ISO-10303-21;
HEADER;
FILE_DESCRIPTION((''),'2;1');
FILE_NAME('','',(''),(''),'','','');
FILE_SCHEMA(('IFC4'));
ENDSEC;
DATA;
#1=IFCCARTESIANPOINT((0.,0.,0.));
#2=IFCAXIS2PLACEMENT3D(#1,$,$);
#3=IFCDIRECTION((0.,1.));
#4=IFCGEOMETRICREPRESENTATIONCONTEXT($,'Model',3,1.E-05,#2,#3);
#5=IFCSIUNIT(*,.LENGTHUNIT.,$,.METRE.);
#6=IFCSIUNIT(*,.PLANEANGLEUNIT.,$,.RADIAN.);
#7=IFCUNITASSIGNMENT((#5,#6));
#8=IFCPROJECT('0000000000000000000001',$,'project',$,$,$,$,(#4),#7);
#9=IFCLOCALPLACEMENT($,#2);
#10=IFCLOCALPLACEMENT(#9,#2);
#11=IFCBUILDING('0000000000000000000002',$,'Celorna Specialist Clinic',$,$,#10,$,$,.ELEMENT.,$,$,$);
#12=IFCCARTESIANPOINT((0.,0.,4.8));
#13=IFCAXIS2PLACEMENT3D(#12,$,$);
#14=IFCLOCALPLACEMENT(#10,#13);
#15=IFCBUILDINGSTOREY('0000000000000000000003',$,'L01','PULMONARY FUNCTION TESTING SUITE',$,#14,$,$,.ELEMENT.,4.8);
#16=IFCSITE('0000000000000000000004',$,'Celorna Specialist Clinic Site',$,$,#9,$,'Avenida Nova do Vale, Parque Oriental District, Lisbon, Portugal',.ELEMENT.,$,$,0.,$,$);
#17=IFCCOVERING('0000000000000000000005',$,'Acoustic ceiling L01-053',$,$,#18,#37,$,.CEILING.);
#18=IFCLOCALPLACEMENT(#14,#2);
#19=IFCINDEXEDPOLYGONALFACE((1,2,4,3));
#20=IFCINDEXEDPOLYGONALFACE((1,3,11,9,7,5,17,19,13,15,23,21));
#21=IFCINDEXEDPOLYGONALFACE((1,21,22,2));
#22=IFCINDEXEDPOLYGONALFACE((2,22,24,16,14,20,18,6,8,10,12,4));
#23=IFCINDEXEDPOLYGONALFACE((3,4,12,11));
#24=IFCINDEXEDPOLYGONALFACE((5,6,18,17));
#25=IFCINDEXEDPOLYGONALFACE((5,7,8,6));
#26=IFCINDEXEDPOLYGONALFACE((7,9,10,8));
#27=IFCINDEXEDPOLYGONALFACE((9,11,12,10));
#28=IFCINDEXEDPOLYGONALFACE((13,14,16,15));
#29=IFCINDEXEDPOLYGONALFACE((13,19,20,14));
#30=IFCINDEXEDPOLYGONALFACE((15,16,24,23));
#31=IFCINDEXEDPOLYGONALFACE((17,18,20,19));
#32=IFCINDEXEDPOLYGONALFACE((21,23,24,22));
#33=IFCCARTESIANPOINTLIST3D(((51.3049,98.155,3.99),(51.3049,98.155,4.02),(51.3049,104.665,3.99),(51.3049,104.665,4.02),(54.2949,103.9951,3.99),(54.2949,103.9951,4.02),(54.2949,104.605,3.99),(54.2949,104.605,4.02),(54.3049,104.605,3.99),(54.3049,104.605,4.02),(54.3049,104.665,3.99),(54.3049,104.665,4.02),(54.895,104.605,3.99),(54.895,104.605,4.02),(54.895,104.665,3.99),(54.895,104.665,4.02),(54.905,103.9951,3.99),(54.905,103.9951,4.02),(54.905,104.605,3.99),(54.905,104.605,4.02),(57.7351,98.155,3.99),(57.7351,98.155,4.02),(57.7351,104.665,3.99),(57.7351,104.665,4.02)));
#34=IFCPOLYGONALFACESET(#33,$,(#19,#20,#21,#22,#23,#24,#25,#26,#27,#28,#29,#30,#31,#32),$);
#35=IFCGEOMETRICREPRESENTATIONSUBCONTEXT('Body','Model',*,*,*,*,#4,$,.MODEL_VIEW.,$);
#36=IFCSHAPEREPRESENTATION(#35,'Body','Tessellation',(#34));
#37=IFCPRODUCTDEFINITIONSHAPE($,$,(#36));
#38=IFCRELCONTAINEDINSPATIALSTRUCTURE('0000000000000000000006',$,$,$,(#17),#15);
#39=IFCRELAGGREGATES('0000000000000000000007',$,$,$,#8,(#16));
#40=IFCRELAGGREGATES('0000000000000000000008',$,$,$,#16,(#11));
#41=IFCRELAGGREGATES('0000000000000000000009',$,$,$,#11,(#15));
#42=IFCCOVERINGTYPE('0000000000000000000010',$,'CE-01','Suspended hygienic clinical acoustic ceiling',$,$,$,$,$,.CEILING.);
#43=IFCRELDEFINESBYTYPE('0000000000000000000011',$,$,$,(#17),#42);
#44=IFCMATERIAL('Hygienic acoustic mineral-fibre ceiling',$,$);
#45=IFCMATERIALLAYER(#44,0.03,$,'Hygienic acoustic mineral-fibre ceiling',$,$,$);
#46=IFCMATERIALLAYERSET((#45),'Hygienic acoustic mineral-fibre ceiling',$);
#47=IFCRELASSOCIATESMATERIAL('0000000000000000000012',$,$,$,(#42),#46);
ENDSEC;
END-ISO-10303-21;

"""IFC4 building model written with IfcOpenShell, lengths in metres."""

from ifc_helpers import new_model, si_unit, direction, frame, origin, place, context, subcontext, project, spatial, polyline, outline, extrude, material, layer, layer_set, type_object, element, save


model = new_model("IFC4")

# Units and contexts
model_context = context("Model", 3, precision=1e-05, world=origin(), true_north=direction((0.0, 1.0)))
body_context = subcontext(model_context, "Body", "Model", "MODEL_VIEW")
ifc_project = project(units=[si_unit("LENGTHUNIT", "METRE"), si_unit("PLANEANGLEUNIT", "RADIAN")], contexts=[model_context])

# Site, building, storey
site_placement = place(None, origin())
site = spatial("IfcSite", under=ifc_project, at=site_placement, Name="Celorna Specialist Clinic Site", LongName="Avenida Nova do Vale, Parque Oriental District, Lisbon, Portugal", CompositionType="ELEMENT", RefElevation=0.0)
building_placement = place(site_placement, origin())
building = spatial("IfcBuilding", under=site, at=building_placement, Name="Celorna Specialist Clinic", CompositionType="ELEMENT")
storey_placement = place(building_placement, frame((0.0, 0.0, 4.8)))
storey = spatial("IfcBuildingStorey", under=building, at=storey_placement, Name="L01", Description="PULMONARY FUNCTION TESTING SUITE", CompositionType="ELEMENT", Elevation=4.8)

# Covering
ifc_material_1 = material(Name="Hygienic acoustic mineral-fibre ceiling")
ifc_layer_1 = layer(ifc_material_1, 0.03, Name="Hygienic acoustic mineral-fibre ceiling")
ifc_layer_set_1 = layer_set([ifc_layer_1], Name="Hygienic acoustic mineral-fibre ceiling")
covering_type = type_object("IfcCoveringType", Name="CE-01", Description="Suspended hygienic clinical acoustic ceiling", PredefinedType="CEILING", material=ifc_layer_set_1)
covering_1_placement = place(storey_placement, frame((0.0, 0.0, 3.99)))
element("IfcCovering", 1, at=covering_1_placement, inside=storey, type_object=covering_type, Name="Acoustic ceiling L01-053", PredefinedType="CEILING", context=body_context, shape_type="SweptSolid", body=[
    extrude(outline(polyline([(54.3049, 104.665), (54.3049, 104.605), (54.2949, 104.605), (54.2949, 103.9951), (54.905, 103.9951), (54.905, 104.605), (54.895, 104.605), (54.895, 104.665), (57.7351, 104.665), (57.7351, 98.155), (51.3049, 98.155), (51.3049, 104.665), (54.3049, 104.665)])), origin(), (0.0, 0.0, 1.0), 0.03),
])

save(model, "model.ifc")
